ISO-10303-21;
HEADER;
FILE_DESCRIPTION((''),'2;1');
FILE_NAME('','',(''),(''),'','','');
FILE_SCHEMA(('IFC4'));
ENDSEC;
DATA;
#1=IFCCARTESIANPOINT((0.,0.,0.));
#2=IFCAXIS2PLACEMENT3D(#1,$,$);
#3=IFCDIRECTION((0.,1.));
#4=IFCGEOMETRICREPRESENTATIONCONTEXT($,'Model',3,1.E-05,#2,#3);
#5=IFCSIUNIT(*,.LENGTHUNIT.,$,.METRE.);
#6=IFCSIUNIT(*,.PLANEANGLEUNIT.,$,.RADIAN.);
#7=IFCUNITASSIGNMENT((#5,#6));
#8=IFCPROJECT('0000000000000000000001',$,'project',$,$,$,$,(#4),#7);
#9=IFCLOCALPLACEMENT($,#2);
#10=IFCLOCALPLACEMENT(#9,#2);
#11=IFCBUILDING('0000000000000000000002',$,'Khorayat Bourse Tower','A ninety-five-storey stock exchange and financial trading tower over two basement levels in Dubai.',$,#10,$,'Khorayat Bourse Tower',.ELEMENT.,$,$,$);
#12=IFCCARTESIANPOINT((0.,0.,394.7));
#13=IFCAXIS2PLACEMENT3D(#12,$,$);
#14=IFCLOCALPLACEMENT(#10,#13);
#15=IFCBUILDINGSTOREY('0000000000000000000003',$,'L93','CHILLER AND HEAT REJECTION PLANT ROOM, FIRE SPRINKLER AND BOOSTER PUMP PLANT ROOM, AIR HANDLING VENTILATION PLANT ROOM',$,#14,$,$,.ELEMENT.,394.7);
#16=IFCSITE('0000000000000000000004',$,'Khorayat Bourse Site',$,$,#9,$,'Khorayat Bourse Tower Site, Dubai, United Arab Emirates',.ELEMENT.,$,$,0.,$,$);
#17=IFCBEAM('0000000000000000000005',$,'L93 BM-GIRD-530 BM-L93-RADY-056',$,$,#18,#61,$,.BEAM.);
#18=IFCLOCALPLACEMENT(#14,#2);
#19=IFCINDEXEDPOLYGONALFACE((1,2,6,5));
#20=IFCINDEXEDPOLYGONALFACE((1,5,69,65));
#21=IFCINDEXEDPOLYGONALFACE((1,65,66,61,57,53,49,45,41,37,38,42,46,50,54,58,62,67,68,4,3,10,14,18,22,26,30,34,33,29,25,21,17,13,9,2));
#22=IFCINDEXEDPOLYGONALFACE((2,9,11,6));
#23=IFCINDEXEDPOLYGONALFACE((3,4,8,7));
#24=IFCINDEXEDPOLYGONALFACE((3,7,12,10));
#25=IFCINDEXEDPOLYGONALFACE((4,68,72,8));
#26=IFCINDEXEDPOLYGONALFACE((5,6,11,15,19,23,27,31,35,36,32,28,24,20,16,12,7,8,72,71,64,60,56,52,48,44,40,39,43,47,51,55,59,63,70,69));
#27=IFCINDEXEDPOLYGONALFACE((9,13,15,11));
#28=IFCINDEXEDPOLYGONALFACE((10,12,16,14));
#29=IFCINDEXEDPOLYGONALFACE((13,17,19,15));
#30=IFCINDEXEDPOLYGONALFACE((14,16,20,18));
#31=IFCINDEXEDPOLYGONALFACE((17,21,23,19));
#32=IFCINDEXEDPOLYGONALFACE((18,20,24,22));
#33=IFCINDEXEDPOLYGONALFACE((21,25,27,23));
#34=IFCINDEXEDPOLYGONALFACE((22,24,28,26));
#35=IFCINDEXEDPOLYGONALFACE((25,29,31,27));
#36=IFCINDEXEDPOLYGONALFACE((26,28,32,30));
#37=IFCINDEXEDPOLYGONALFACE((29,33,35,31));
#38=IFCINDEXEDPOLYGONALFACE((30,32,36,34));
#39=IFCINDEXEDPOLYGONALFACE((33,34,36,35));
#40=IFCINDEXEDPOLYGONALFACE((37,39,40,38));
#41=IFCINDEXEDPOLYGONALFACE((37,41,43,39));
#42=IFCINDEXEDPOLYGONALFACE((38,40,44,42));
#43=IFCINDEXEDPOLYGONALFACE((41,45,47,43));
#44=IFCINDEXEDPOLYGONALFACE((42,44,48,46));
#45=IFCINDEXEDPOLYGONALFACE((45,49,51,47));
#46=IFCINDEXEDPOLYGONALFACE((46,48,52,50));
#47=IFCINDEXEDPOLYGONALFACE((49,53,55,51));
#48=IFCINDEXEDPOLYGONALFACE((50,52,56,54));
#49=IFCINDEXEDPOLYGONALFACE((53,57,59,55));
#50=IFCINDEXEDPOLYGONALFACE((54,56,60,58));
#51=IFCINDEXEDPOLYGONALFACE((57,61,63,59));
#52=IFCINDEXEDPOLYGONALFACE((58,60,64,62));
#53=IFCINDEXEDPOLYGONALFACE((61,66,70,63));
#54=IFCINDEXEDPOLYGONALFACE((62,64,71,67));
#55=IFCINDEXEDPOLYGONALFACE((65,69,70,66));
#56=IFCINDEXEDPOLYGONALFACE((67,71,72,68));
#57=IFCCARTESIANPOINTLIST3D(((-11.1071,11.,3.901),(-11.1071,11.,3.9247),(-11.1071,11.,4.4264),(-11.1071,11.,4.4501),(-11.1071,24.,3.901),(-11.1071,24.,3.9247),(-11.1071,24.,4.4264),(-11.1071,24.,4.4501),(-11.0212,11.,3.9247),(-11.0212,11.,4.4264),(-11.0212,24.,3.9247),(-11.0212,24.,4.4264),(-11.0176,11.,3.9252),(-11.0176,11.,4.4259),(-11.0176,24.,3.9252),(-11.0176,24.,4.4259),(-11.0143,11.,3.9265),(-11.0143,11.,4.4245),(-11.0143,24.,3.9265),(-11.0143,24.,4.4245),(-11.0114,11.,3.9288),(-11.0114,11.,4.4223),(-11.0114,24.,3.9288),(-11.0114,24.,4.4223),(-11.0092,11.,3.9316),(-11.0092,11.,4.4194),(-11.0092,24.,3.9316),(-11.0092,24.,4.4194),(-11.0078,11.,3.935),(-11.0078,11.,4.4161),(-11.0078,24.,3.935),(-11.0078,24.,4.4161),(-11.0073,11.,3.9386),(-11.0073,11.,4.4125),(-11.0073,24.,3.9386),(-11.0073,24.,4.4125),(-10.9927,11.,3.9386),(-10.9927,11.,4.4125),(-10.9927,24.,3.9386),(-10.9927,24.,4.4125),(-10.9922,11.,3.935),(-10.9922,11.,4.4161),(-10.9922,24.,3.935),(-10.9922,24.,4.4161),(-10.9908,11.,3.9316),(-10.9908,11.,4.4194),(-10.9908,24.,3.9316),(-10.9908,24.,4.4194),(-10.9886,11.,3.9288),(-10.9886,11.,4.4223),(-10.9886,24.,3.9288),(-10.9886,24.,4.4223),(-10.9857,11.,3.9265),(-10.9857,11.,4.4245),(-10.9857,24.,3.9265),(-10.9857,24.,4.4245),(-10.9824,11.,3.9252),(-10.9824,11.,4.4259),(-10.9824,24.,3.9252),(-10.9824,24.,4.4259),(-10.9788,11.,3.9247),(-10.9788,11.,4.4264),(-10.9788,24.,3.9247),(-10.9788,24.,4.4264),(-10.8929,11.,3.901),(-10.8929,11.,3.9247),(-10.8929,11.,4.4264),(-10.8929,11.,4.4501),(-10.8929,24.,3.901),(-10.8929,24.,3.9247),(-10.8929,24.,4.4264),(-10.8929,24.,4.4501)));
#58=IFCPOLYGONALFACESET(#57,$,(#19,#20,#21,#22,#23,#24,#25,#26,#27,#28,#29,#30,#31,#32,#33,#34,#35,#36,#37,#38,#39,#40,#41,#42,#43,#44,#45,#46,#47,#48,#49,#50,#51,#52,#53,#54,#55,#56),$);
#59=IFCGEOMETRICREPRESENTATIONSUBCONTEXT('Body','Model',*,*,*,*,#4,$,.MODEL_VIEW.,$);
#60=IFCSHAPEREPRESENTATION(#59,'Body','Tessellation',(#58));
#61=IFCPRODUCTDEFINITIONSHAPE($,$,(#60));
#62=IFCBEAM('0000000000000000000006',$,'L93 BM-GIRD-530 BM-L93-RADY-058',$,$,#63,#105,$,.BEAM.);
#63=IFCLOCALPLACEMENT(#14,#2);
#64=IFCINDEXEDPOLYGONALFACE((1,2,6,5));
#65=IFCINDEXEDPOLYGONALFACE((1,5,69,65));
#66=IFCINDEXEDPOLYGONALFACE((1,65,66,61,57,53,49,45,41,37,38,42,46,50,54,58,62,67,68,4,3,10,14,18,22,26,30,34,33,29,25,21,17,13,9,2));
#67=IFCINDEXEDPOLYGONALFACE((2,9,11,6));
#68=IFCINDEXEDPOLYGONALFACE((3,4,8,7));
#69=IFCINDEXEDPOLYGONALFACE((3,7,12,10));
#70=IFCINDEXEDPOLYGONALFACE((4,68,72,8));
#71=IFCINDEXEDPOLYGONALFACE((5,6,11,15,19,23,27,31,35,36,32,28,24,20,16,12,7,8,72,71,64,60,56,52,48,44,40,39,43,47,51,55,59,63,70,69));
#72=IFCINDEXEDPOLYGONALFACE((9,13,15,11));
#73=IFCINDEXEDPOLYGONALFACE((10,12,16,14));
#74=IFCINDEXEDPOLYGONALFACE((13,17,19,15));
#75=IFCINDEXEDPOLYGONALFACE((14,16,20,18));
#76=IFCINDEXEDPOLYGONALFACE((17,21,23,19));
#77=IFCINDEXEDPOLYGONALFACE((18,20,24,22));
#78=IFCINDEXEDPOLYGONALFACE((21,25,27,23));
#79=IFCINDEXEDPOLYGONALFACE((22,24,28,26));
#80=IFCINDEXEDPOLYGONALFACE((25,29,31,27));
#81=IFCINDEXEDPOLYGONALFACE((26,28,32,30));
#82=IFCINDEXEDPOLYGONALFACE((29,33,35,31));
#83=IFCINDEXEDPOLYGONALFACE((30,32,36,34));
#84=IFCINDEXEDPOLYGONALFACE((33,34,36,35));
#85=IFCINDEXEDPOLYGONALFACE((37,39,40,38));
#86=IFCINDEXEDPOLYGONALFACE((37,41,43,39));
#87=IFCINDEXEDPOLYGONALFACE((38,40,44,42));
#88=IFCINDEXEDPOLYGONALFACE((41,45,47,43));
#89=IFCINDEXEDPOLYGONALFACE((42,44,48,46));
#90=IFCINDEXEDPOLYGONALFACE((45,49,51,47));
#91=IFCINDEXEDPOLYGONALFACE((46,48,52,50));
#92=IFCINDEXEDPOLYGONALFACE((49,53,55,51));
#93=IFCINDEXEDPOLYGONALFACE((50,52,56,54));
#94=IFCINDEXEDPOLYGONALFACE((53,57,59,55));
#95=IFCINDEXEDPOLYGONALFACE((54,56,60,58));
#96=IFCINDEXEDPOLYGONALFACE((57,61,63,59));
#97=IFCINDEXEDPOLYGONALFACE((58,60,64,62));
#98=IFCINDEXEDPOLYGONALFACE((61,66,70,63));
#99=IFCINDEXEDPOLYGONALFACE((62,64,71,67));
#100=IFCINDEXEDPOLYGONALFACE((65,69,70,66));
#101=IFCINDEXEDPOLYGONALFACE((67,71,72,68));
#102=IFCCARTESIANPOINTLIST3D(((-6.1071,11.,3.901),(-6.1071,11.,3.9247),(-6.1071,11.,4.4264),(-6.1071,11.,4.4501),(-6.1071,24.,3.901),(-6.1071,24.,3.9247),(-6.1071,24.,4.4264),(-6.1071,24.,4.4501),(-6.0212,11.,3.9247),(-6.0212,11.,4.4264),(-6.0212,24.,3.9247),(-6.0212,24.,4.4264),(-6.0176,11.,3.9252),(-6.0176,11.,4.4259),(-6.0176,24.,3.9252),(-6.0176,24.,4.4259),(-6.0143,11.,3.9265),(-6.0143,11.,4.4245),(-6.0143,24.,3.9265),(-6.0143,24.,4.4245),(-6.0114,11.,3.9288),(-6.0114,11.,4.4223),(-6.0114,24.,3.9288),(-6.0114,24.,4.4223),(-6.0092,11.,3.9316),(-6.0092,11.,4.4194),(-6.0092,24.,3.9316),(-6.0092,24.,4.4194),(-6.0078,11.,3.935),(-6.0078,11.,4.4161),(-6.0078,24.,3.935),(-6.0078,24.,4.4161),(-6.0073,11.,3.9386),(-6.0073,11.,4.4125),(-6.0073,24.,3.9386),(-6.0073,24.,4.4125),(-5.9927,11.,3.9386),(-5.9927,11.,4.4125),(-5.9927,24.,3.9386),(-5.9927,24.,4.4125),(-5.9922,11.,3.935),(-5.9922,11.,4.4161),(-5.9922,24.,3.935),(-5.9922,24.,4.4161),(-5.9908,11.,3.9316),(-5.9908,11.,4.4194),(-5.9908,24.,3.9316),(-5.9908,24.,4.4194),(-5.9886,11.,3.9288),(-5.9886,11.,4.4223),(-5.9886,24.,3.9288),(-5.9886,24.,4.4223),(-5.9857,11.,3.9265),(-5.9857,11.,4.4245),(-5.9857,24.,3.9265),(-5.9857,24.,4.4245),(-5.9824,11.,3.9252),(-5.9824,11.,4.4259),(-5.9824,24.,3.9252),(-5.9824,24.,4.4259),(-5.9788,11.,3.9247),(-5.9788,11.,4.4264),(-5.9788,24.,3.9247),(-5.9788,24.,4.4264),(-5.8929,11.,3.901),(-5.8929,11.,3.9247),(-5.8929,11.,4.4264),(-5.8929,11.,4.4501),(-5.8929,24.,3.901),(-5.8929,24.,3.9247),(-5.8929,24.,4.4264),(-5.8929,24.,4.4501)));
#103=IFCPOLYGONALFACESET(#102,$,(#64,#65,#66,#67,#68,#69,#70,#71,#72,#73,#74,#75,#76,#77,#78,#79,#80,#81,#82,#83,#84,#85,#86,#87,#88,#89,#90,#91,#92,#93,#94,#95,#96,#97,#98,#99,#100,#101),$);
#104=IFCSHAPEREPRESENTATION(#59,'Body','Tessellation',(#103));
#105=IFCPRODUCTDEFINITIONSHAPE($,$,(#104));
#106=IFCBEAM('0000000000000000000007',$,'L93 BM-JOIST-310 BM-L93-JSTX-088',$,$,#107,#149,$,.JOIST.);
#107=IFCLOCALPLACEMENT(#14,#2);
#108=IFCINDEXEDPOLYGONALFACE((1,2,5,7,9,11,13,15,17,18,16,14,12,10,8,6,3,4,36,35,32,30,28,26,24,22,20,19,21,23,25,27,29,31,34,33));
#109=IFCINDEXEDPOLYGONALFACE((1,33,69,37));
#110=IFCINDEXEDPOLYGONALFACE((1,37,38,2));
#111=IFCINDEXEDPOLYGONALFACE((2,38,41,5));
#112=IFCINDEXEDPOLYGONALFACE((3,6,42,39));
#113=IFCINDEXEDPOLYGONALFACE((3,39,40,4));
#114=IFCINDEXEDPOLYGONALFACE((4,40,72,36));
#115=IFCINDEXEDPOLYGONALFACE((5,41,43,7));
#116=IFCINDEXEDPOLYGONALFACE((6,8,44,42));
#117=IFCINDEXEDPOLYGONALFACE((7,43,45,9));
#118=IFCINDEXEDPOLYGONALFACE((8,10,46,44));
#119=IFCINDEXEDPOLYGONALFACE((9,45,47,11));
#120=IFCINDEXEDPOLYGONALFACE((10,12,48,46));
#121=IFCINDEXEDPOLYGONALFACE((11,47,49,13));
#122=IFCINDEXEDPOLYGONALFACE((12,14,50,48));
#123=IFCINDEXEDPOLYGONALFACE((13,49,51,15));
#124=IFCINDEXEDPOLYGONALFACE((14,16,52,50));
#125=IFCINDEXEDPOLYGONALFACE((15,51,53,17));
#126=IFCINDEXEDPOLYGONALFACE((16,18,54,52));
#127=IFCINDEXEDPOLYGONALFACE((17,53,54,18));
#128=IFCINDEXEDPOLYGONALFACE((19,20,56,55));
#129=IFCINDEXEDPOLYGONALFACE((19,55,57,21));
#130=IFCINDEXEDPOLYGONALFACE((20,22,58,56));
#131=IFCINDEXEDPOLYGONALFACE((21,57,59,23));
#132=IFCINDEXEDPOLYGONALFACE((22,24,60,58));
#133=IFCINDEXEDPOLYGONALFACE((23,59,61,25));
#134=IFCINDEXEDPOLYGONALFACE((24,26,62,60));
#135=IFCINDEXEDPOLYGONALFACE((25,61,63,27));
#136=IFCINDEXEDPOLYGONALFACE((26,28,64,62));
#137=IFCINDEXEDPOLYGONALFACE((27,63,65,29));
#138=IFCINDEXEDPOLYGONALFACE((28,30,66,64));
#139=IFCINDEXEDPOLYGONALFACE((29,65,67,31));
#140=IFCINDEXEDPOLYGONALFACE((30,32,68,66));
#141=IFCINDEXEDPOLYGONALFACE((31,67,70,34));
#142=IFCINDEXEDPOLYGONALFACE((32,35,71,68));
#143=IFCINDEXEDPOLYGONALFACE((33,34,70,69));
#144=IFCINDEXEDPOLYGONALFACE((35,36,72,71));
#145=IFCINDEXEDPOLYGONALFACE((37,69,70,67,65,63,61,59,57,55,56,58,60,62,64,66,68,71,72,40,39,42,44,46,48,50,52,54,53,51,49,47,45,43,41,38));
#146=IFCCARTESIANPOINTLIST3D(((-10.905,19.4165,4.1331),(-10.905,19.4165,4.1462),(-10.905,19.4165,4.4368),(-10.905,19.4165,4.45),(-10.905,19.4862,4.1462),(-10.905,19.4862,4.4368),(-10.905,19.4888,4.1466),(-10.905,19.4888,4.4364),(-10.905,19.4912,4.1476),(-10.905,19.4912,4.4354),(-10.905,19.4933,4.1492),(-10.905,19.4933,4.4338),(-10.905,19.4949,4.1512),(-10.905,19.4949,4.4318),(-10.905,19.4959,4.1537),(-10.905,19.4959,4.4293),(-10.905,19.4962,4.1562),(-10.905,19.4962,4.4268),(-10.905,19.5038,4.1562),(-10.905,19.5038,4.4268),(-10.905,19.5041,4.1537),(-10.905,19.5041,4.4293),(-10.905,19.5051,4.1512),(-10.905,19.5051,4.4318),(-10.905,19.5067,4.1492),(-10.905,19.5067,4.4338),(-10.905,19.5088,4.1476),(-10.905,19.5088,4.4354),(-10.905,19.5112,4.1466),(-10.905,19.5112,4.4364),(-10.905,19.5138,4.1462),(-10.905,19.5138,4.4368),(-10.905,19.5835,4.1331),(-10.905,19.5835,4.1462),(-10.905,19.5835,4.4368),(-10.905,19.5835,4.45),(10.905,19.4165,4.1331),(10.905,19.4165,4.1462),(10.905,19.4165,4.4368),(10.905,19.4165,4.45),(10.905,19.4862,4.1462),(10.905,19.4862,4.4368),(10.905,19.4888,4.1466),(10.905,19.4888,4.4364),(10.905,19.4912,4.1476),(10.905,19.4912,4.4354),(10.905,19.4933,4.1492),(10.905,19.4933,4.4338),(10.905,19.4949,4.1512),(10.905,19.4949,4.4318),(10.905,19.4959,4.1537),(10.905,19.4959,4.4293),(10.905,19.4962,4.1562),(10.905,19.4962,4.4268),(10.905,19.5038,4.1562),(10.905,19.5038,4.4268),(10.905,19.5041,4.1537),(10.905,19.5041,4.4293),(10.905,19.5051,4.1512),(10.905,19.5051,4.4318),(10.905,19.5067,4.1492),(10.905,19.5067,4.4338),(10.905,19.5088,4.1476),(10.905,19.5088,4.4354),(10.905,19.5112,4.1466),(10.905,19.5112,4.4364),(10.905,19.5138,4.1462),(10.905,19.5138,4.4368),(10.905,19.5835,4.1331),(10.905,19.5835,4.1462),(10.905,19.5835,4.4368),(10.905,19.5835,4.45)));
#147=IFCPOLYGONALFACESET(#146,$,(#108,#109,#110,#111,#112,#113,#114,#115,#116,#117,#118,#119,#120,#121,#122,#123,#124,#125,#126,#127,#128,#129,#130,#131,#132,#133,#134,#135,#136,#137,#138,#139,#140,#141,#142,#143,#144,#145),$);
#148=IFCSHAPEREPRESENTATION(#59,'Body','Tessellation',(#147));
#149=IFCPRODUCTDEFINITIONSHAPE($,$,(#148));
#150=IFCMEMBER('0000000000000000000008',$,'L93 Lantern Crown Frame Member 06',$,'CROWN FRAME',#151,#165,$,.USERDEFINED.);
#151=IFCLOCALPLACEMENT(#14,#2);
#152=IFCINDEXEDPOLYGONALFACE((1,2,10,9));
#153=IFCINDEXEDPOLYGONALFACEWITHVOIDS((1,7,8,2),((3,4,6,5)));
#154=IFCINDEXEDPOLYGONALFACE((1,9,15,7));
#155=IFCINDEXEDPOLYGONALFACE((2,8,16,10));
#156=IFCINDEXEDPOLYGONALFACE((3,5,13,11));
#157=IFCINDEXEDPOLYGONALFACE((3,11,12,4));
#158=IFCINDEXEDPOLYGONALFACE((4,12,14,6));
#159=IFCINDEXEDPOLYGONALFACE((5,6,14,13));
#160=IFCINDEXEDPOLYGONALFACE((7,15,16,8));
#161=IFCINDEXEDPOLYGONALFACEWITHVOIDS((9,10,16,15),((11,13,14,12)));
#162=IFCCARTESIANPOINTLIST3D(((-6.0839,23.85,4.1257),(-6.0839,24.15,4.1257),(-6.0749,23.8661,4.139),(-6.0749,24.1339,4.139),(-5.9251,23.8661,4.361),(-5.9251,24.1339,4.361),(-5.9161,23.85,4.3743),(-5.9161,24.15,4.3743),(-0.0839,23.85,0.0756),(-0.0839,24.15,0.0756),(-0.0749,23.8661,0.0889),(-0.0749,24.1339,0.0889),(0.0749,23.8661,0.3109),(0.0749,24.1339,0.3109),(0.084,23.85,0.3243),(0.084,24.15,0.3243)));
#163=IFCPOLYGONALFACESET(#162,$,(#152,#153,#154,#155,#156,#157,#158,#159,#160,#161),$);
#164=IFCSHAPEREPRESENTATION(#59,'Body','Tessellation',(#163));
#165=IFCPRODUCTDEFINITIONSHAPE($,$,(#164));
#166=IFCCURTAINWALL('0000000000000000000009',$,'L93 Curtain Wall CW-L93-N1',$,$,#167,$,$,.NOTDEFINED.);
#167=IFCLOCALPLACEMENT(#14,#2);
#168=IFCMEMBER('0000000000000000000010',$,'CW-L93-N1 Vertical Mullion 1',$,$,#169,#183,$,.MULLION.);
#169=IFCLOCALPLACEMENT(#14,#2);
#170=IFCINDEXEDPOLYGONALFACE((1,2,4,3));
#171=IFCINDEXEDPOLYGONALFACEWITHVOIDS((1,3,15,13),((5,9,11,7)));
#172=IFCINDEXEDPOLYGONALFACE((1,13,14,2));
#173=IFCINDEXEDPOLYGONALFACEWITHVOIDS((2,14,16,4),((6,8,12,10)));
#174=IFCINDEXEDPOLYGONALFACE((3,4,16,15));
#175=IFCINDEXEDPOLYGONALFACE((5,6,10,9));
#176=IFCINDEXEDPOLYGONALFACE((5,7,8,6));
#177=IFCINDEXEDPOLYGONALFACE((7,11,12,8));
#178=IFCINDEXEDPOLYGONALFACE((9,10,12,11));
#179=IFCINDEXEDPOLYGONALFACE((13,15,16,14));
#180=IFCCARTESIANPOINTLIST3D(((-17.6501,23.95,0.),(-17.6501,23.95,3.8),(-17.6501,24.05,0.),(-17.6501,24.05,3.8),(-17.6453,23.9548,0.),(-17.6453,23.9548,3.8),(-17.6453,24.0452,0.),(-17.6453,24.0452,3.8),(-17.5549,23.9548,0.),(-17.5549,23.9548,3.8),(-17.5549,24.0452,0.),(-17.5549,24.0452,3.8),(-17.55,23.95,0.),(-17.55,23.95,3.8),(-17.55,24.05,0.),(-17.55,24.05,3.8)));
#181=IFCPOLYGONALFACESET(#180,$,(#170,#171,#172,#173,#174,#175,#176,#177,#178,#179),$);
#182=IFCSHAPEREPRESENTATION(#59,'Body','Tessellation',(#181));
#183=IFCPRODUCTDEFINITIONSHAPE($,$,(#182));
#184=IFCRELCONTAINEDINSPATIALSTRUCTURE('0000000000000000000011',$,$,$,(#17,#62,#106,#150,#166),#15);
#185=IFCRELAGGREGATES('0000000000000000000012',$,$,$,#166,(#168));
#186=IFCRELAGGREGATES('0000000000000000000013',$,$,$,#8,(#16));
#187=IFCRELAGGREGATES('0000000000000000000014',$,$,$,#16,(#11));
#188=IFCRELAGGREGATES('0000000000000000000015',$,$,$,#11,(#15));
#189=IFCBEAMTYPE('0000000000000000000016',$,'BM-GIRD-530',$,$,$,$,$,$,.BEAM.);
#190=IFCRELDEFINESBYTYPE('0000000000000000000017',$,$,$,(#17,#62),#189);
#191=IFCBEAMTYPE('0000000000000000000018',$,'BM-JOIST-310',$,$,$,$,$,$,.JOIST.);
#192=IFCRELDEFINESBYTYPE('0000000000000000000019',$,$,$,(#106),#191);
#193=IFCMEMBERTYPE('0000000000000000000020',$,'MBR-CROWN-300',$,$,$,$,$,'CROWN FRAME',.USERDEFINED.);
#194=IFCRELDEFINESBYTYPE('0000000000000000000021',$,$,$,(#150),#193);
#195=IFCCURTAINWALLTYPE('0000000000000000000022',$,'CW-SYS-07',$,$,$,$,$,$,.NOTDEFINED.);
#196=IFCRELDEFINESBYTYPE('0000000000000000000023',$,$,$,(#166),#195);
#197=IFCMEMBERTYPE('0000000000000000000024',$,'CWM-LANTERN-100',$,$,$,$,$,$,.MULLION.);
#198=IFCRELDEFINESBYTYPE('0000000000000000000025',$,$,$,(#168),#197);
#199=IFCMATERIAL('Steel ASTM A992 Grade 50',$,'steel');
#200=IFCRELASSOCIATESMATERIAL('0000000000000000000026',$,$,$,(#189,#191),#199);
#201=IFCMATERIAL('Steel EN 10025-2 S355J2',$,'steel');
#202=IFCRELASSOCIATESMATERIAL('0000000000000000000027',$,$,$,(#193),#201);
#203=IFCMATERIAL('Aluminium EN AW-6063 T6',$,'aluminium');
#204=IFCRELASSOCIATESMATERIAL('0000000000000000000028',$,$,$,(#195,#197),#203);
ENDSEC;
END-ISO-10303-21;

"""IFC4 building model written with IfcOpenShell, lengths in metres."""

from ifc_helpers import new_model, si_unit, direction, frame, origin, origin_2d, place, context, subcontext, project, spatial, hollow_rectangle, i_section, extrude, source, transform, mapped, material, material_profile, profile_set, type_object, element, aggregate, save


model = new_model("IFC4")

# Units and contexts
model_context = context("Model", 3, precision=1e-05, world=origin(), true_north=direction((0.0, 1.0)))
body_context = subcontext(model_context, "Body", "Model", "MODEL_VIEW")
ifc_project = project(units=[si_unit("LENGTHUNIT", "METRE"), si_unit("PLANEANGLEUNIT", "RADIAN")], contexts=[model_context])

# Site, building, storey
site_placement = place(None, origin())
site = spatial("IfcSite", under=ifc_project, at=site_placement, Name="Khorayat Bourse Site", LongName="Khorayat Bourse Tower Site, Dubai, United Arab Emirates", CompositionType="ELEMENT", RefElevation=0.0)
building_placement = place(site_placement, origin())
building = spatial("IfcBuilding", under=site, at=building_placement, Name="Khorayat Bourse Tower", Description="A ninety-five-storey stock exchange and financial trading tower over two basement levels in Dubai.", LongName="Khorayat Bourse Tower", CompositionType="ELEMENT")
storey_placement = place(building_placement, frame((0.0, 0.0, 394.7)))
storey = spatial("IfcBuildingStorey", under=building, at=storey_placement, Name="L93", Description="CHILLER AND HEAT REJECTION PLANT ROOM, FIRE SPRINKLER AND BOOSTER PUMP PLANT ROOM, AIR HANDLING VENTILATION PLANT ROOM", CompositionType="ELEMENT", Elevation=394.7)

# Shared definitions
ifc_material_1 = material(Name="Steel EN 10025-2 S355J2", Category="steel")

# Beams
ifc_material_2 = material(Name="Steel ASTM A992 Grade 50", Category="steel")
ifc_material_profile_1 = material_profile(ifc_material_2, i_section(OverallWidth=0.2141, OverallDepth=0.5491, WebThickness=0.0146, FlangeThickness=0.0237, FilletRadius=0.0139, at=origin_2d()), Name="W530X138")
ifc_profile_set_1 = profile_set([ifc_material_profile_1], Name="Steel ASTM A992 Grade 50")
beam_type_1 = type_object("IfcBeamType", Name="BM-GIRD-530", PredefinedType="BEAM", material=ifc_profile_set_1)
shared_shape_1 = source(origin(), body_context, "Body", "SweptSolid", [
    extrude(i_section(OverallWidth=0.2141, OverallDepth=0.5491, WebThickness=0.0146, FlangeThickness=0.0237, FilletRadius=0.0139, at=origin_2d()), origin(), (0.0, 0.0, 1.0), 13.0),
])
for number, where, z_axis, x_axis, name in (
    (1, (-11.0, 11.0, 4.1755), (0.0, 1.0, 0.0), (-1.0, 0.0, 0.0), "L93 BM-GIRD-530 BM-L93-RADY-056"),
    (2, (-6.0, 11.0, 4.1755), (0.0, 1.0, 0.0), (-1.0, 0.0, 0.0), "L93 BM-GIRD-530 BM-L93-RADY-058"),
):
    element("IfcBeam", number, at=place(storey_placement, frame(where, z_axis=z_axis, x_axis=x_axis)), inside=storey, type_object=beam_type_1, Name=name, PredefinedType="BEAM", context=body_context, shape_type="MappedRepresentation", body=[
        mapped(shared_shape_1, transform((0.0, 0.0, 0.0), scale=1.0)),
    ])
ifc_material_profile_2 = material_profile(ifc_material_2, i_section(OverallWidth=0.167, OverallDepth=0.3169, WebThickness=0.0076, FlangeThickness=0.0132, FilletRadius=0.01, at=origin_2d()), Name="W310X52")
ifc_profile_set_2 = profile_set([ifc_material_profile_2], Name="Steel ASTM A992 Grade 50")
beam_type_2 = type_object("IfcBeamType", Name="BM-JOIST-310", PredefinedType="JOIST", material=ifc_profile_set_2)
shared_shape_2 = source(origin(), body_context, "Body", "SweptSolid", [
    extrude(i_section(OverallWidth=0.167, OverallDepth=0.3169, WebThickness=0.0076, FlangeThickness=0.0132, FilletRadius=0.01, at=origin_2d()), origin(), (0.0, 0.0, 1.0), 21.8101),
])
beam_1_placement = place(storey_placement, frame((-10.905, 19.5, 4.2915), z_axis=(1.0, 0.0, 0.0), x_axis=(0.0, 1.0, 0.0)))
element("IfcBeam", 3, at=beam_1_placement, inside=storey, type_object=beam_type_2, Name="L93 BM-JOIST-310 BM-L93-JSTX-088", PredefinedType="JOIST", context=body_context, shape_type="MappedRepresentation", body=[
    mapped(shared_shape_2, transform((0.0, 0.0, 0.0), scale=1.0)),
])

# Member
ifc_material_profile_3 = material_profile(ifc_material_1, hollow_rectangle(XDim=0.3, YDim=0.3, WallThickness=0.0161, at=origin_2d()), Name="HSS 300x300x16")
ifc_profile_set_3 = profile_set([ifc_material_profile_3], Name="Steel EN 10025-2 S355J2")
member_type_1 = type_object("IfcMemberType", Name="MBR-CROWN-300", ElementType="CROWN FRAME", PredefinedType="USERDEFINED", material=ifc_profile_set_3)
shared_shape_3 = source(origin(), body_context, "Body", "SweptSolid", [
    extrude(hollow_rectangle(XDim=0.3, YDim=0.3, WallThickness=0.0161, at=origin_2d()), origin(), (0.0, 0.0, 1.0), 7.239),
])
member_1_placement = place(storey_placement, frame((-6.0, 24.0, 4.25), z_axis=(0.828846, 0.0, -0.559477), x_axis=(0.0, 1.0, 0.0)))
element("IfcMember", 4, at=member_1_placement, inside=storey, type_object=member_type_1, Name="L93 Lantern Crown Frame Member 06", ObjectType="CROWN FRAME", PredefinedType="USERDEFINED", context=body_context, shape_type="MappedRepresentation", body=[
    mapped(shared_shape_3, transform((0.0, 0.0, 0.0), scale=1.0)),
])

# Curtain wall, member
ifc_material_3 = material(Name="Aluminium EN AW-6063 T6", Category="aluminium")
curtain_wall_type = type_object("IfcCurtainWallType", Name="CW-SYS-07", PredefinedType="NOTDEFINED", material=ifc_material_3)
curtain_wall_placement = place(storey_placement, origin())
curtain_wall = element("IfcCurtainWall", 5, at=curtain_wall_placement, inside=storey, type_object=curtain_wall_type, Name="L93 Curtain Wall CW-L93-N1", PredefinedType="NOTDEFINED")
ifc_material_profile_4 = material_profile(ifc_material_3, hollow_rectangle(XDim=0.1001, YDim=0.1001, WallThickness=0.0049, at=origin_2d()), Name="ALU 100x100x5")
ifc_profile_set_4 = profile_set([ifc_material_profile_4], Name="Aluminium EN AW-6063 T6")
member_type_2 = type_object("IfcMemberType", Name="CWM-LANTERN-100", PredefinedType="MULLION", material=ifc_profile_set_4)
shared_shape_4 = source(origin(), body_context, "Body", "SweptSolid", [
    extrude(hollow_rectangle(XDim=0.1001, YDim=0.1001, WallThickness=0.0049, at=origin_2d()), origin(), (0.0, 0.0, 1.0), 3.8),
])
member_2_placement = place(storey_placement, frame((-17.6001, 24.0, 0.0), z_axis=(0.0, 0.0, 1.0), x_axis=(0.0, 1.0, 0.0)))
member_2 = element("IfcMember", 6, at=member_2_placement, type_object=member_type_2, Name="CW-L93-N1 Vertical Mullion 1", PredefinedType="MULLION", context=body_context, shape_type="MappedRepresentation", body=[
    mapped(shared_shape_4, transform((0.0, 0.0, 0.0), scale=1.0)),
])

aggregate(curtain_wall, [member_2])

save(model, "model.ifc")
